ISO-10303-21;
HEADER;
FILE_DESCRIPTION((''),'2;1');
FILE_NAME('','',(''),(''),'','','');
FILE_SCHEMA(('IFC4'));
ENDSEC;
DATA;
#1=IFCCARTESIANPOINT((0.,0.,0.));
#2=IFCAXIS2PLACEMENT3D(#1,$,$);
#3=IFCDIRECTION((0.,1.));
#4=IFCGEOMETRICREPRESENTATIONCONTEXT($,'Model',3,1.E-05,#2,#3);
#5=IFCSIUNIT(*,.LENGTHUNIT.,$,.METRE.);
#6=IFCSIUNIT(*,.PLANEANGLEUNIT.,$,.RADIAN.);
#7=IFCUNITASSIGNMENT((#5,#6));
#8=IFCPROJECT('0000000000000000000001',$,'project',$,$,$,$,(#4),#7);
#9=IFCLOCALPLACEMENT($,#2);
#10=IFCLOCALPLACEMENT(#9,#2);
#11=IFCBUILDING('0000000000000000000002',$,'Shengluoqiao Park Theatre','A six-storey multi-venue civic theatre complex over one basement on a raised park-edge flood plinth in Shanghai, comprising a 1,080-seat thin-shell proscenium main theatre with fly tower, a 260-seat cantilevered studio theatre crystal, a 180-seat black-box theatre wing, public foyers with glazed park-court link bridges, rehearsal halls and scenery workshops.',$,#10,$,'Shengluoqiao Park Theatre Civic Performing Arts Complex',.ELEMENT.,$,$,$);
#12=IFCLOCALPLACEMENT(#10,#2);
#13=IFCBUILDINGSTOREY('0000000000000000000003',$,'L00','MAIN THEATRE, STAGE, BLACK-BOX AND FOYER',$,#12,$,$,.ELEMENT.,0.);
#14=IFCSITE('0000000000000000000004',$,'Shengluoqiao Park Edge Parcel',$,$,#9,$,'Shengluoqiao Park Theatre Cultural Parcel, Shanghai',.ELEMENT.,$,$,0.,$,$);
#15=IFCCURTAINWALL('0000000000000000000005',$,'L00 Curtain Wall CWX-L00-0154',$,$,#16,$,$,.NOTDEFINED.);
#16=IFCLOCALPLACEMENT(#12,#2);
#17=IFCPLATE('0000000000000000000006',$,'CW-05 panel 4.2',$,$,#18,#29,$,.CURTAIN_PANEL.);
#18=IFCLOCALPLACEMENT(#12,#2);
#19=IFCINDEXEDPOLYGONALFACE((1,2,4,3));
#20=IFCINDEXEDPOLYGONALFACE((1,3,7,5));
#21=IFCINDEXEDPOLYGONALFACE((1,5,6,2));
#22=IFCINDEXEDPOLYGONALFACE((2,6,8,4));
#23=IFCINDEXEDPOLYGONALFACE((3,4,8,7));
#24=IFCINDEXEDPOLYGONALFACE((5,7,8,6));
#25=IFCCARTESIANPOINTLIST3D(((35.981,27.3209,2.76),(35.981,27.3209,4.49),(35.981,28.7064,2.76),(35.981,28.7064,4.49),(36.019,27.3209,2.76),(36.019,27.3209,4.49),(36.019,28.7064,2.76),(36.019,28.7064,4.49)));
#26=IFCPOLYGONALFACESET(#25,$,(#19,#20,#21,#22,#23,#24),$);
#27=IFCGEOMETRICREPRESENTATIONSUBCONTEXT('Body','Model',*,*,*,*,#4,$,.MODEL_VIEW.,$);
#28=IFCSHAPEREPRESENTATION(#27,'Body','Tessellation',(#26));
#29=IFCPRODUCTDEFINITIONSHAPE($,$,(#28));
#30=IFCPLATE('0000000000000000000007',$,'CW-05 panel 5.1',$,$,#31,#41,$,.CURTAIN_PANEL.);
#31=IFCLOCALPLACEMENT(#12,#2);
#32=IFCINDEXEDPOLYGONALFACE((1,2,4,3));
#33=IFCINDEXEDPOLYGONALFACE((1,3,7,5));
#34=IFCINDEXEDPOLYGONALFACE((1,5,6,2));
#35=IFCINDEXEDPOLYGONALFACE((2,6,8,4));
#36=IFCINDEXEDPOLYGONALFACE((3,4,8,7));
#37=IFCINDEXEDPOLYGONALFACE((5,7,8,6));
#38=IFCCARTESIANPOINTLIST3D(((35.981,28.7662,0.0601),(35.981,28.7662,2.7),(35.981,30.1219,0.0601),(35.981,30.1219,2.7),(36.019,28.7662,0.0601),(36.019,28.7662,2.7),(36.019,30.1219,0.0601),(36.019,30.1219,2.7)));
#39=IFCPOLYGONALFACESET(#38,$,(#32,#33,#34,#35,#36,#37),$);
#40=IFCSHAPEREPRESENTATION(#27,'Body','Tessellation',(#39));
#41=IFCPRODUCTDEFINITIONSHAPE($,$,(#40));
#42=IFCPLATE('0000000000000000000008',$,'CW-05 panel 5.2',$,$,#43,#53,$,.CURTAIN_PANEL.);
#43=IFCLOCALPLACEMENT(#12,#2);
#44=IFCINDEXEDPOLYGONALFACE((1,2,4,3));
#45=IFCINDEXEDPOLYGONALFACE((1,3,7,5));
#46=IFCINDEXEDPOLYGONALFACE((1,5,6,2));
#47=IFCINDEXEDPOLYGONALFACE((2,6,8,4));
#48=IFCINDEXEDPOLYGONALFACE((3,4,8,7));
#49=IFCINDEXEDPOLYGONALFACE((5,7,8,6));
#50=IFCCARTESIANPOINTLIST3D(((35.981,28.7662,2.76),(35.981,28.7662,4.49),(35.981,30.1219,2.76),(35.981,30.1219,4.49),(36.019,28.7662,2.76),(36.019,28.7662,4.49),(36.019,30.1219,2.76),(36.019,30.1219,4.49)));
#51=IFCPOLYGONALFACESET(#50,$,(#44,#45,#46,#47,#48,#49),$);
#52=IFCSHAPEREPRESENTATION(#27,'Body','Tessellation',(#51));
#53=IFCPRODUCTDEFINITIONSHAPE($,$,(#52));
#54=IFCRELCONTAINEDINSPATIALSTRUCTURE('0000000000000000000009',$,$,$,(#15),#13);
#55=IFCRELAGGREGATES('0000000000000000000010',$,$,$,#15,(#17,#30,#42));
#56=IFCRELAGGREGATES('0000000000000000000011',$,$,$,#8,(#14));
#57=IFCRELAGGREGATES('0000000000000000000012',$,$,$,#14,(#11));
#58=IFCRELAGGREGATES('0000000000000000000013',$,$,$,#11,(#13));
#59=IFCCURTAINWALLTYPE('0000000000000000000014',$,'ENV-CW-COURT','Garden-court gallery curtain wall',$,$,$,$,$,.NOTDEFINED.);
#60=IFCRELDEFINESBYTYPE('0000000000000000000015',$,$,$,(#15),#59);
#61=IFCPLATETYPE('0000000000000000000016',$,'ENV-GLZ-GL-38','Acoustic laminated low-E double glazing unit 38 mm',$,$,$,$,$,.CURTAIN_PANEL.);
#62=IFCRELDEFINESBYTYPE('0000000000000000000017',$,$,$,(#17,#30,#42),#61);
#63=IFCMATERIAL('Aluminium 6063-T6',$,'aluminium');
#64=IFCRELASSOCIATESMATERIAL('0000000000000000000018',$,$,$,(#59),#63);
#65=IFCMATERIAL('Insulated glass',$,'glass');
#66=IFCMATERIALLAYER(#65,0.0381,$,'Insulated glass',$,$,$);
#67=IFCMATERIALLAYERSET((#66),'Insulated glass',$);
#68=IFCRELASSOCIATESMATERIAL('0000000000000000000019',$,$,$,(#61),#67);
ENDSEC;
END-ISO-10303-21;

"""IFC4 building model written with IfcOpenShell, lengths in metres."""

from ifc_helpers import new_model, si_unit, direction, frame, origin, origin_2d, place, context, subcontext, project, spatial, rectangle, extrude, material, layer, layer_set, type_object, element, aggregate, save


model = new_model("IFC4")

# Units and contexts
model_context = context("Model", 3, precision=1e-05, world=origin(), true_north=direction((0.0, 1.0)))
body_context = subcontext(model_context, "Body", "Model", "MODEL_VIEW")
ifc_project = project(units=[si_unit("LENGTHUNIT", "METRE"), si_unit("PLANEANGLEUNIT", "RADIAN")], contexts=[model_context])

# Site, building, storey
site_placement = place(None, origin())
site = spatial("IfcSite", under=ifc_project, at=site_placement, Name="Shengluoqiao Park Edge Parcel", LongName="Shengluoqiao Park Theatre Cultural Parcel, Shanghai", CompositionType="ELEMENT", RefElevation=0.0)
building_placement = place(site_placement, origin())
building = spatial("IfcBuilding", under=site, at=building_placement, Name="Shengluoqiao Park Theatre", Description="A six-storey multi-venue civic theatre complex over one basement on a raised park-edge flood plinth in Shanghai, comprising a 1,080-seat thin-shell proscenium main theatre with fly tower, a 260-seat cantilevered studio theatre crystal, a 180-seat black-box theatre wing, public foyers with glazed park-court link bridges, rehearsal halls and scenery workshops.", LongName="Shengluoqiao Park Theatre Civic Performing Arts Complex", CompositionType="ELEMENT")
storey_placement = place(building_placement, origin())
storey = spatial("IfcBuildingStorey", under=building, at=storey_placement, Name="L00", Description="MAIN THEATRE, STAGE, BLACK-BOX AND FOYER", CompositionType="ELEMENT", Elevation=0.0)

# Curtain wall
ifc_material_1 = material(Name="Aluminium 6063-T6", Category="aluminium")
curtain_wall_type = type_object("IfcCurtainWallType", Name="ENV-CW-COURT", Description="Garden-court gallery curtain wall", PredefinedType="NOTDEFINED", material=ifc_material_1)
curtain_wall_1_placement = place(storey_placement, origin())
curtain_wall_1 = element("IfcCurtainWall", 1, at=curtain_wall_1_placement, inside=storey, type_object=curtain_wall_type, Name="L00 Curtain Wall CWX-L00-0154", PredefinedType="NOTDEFINED")

# Plates
ifc_material_2 = material(Name="Insulated glass", Category="glass")
ifc_layer = layer(ifc_material_2, 0.0381, Name="Insulated glass")
ifc_layer_set = layer_set([ifc_layer], Name="Insulated glass")
plate_type = type_object("IfcPlateType", Name="ENV-GLZ-GL-38", Description="Acoustic laminated low-E double glazing unit 38 mm", PredefinedType="CURTAIN_PANEL", material=ifc_layer_set)
plate_1_placement = place(storey_placement, frame((36.0, 28.0137, 2.76), z_axis=(0.0, 0.0, 1.0), x_axis=(0.0, 1.0, 0.0)))
plate_1 = element("IfcPlate", 2, at=plate_1_placement, type_object=plate_type, Name="CW-05 panel 4.2", PredefinedType="CURTAIN_PANEL", context=body_context, shape_type="SweptSolid", body=[
    extrude(rectangle(XDim=1.3855, YDim=0.0381, at=origin_2d()), origin(), (0.0, 0.0, 1.0), 1.73),
])
plate_2_placement = place(storey_placement, frame((36.0, 29.4441, 0.0601), z_axis=(0.0, 0.0, 1.0), x_axis=(0.0, 1.0, 0.0)))
plate_2 = element("IfcPlate", 3, at=plate_2_placement, type_object=plate_type, Name="CW-05 panel 5.1", PredefinedType="CURTAIN_PANEL", context=body_context, shape_type="SweptSolid", body=[
    extrude(rectangle(XDim=1.3557, YDim=0.0381, at=origin_2d()), origin(), (0.0, 0.0, 1.0), 2.6399),
])
plate_3_placement = place(storey_placement, frame((36.0, 29.4441, 2.76), z_axis=(0.0, 0.0, 1.0), x_axis=(0.0, 1.0, 0.0)))
plate_3 = element("IfcPlate", 4, at=plate_3_placement, type_object=plate_type, Name="CW-05 panel 5.2", PredefinedType="CURTAIN_PANEL", context=body_context, shape_type="SweptSolid", body=[
    extrude(rectangle(XDim=1.3557, YDim=0.0381, at=origin_2d()), origin(), (0.0, 0.0, 1.0), 1.73),
])
aggregate(curtain_wall_1, [plate_1, plate_2, plate_3])

save(model, "model.ifc")
